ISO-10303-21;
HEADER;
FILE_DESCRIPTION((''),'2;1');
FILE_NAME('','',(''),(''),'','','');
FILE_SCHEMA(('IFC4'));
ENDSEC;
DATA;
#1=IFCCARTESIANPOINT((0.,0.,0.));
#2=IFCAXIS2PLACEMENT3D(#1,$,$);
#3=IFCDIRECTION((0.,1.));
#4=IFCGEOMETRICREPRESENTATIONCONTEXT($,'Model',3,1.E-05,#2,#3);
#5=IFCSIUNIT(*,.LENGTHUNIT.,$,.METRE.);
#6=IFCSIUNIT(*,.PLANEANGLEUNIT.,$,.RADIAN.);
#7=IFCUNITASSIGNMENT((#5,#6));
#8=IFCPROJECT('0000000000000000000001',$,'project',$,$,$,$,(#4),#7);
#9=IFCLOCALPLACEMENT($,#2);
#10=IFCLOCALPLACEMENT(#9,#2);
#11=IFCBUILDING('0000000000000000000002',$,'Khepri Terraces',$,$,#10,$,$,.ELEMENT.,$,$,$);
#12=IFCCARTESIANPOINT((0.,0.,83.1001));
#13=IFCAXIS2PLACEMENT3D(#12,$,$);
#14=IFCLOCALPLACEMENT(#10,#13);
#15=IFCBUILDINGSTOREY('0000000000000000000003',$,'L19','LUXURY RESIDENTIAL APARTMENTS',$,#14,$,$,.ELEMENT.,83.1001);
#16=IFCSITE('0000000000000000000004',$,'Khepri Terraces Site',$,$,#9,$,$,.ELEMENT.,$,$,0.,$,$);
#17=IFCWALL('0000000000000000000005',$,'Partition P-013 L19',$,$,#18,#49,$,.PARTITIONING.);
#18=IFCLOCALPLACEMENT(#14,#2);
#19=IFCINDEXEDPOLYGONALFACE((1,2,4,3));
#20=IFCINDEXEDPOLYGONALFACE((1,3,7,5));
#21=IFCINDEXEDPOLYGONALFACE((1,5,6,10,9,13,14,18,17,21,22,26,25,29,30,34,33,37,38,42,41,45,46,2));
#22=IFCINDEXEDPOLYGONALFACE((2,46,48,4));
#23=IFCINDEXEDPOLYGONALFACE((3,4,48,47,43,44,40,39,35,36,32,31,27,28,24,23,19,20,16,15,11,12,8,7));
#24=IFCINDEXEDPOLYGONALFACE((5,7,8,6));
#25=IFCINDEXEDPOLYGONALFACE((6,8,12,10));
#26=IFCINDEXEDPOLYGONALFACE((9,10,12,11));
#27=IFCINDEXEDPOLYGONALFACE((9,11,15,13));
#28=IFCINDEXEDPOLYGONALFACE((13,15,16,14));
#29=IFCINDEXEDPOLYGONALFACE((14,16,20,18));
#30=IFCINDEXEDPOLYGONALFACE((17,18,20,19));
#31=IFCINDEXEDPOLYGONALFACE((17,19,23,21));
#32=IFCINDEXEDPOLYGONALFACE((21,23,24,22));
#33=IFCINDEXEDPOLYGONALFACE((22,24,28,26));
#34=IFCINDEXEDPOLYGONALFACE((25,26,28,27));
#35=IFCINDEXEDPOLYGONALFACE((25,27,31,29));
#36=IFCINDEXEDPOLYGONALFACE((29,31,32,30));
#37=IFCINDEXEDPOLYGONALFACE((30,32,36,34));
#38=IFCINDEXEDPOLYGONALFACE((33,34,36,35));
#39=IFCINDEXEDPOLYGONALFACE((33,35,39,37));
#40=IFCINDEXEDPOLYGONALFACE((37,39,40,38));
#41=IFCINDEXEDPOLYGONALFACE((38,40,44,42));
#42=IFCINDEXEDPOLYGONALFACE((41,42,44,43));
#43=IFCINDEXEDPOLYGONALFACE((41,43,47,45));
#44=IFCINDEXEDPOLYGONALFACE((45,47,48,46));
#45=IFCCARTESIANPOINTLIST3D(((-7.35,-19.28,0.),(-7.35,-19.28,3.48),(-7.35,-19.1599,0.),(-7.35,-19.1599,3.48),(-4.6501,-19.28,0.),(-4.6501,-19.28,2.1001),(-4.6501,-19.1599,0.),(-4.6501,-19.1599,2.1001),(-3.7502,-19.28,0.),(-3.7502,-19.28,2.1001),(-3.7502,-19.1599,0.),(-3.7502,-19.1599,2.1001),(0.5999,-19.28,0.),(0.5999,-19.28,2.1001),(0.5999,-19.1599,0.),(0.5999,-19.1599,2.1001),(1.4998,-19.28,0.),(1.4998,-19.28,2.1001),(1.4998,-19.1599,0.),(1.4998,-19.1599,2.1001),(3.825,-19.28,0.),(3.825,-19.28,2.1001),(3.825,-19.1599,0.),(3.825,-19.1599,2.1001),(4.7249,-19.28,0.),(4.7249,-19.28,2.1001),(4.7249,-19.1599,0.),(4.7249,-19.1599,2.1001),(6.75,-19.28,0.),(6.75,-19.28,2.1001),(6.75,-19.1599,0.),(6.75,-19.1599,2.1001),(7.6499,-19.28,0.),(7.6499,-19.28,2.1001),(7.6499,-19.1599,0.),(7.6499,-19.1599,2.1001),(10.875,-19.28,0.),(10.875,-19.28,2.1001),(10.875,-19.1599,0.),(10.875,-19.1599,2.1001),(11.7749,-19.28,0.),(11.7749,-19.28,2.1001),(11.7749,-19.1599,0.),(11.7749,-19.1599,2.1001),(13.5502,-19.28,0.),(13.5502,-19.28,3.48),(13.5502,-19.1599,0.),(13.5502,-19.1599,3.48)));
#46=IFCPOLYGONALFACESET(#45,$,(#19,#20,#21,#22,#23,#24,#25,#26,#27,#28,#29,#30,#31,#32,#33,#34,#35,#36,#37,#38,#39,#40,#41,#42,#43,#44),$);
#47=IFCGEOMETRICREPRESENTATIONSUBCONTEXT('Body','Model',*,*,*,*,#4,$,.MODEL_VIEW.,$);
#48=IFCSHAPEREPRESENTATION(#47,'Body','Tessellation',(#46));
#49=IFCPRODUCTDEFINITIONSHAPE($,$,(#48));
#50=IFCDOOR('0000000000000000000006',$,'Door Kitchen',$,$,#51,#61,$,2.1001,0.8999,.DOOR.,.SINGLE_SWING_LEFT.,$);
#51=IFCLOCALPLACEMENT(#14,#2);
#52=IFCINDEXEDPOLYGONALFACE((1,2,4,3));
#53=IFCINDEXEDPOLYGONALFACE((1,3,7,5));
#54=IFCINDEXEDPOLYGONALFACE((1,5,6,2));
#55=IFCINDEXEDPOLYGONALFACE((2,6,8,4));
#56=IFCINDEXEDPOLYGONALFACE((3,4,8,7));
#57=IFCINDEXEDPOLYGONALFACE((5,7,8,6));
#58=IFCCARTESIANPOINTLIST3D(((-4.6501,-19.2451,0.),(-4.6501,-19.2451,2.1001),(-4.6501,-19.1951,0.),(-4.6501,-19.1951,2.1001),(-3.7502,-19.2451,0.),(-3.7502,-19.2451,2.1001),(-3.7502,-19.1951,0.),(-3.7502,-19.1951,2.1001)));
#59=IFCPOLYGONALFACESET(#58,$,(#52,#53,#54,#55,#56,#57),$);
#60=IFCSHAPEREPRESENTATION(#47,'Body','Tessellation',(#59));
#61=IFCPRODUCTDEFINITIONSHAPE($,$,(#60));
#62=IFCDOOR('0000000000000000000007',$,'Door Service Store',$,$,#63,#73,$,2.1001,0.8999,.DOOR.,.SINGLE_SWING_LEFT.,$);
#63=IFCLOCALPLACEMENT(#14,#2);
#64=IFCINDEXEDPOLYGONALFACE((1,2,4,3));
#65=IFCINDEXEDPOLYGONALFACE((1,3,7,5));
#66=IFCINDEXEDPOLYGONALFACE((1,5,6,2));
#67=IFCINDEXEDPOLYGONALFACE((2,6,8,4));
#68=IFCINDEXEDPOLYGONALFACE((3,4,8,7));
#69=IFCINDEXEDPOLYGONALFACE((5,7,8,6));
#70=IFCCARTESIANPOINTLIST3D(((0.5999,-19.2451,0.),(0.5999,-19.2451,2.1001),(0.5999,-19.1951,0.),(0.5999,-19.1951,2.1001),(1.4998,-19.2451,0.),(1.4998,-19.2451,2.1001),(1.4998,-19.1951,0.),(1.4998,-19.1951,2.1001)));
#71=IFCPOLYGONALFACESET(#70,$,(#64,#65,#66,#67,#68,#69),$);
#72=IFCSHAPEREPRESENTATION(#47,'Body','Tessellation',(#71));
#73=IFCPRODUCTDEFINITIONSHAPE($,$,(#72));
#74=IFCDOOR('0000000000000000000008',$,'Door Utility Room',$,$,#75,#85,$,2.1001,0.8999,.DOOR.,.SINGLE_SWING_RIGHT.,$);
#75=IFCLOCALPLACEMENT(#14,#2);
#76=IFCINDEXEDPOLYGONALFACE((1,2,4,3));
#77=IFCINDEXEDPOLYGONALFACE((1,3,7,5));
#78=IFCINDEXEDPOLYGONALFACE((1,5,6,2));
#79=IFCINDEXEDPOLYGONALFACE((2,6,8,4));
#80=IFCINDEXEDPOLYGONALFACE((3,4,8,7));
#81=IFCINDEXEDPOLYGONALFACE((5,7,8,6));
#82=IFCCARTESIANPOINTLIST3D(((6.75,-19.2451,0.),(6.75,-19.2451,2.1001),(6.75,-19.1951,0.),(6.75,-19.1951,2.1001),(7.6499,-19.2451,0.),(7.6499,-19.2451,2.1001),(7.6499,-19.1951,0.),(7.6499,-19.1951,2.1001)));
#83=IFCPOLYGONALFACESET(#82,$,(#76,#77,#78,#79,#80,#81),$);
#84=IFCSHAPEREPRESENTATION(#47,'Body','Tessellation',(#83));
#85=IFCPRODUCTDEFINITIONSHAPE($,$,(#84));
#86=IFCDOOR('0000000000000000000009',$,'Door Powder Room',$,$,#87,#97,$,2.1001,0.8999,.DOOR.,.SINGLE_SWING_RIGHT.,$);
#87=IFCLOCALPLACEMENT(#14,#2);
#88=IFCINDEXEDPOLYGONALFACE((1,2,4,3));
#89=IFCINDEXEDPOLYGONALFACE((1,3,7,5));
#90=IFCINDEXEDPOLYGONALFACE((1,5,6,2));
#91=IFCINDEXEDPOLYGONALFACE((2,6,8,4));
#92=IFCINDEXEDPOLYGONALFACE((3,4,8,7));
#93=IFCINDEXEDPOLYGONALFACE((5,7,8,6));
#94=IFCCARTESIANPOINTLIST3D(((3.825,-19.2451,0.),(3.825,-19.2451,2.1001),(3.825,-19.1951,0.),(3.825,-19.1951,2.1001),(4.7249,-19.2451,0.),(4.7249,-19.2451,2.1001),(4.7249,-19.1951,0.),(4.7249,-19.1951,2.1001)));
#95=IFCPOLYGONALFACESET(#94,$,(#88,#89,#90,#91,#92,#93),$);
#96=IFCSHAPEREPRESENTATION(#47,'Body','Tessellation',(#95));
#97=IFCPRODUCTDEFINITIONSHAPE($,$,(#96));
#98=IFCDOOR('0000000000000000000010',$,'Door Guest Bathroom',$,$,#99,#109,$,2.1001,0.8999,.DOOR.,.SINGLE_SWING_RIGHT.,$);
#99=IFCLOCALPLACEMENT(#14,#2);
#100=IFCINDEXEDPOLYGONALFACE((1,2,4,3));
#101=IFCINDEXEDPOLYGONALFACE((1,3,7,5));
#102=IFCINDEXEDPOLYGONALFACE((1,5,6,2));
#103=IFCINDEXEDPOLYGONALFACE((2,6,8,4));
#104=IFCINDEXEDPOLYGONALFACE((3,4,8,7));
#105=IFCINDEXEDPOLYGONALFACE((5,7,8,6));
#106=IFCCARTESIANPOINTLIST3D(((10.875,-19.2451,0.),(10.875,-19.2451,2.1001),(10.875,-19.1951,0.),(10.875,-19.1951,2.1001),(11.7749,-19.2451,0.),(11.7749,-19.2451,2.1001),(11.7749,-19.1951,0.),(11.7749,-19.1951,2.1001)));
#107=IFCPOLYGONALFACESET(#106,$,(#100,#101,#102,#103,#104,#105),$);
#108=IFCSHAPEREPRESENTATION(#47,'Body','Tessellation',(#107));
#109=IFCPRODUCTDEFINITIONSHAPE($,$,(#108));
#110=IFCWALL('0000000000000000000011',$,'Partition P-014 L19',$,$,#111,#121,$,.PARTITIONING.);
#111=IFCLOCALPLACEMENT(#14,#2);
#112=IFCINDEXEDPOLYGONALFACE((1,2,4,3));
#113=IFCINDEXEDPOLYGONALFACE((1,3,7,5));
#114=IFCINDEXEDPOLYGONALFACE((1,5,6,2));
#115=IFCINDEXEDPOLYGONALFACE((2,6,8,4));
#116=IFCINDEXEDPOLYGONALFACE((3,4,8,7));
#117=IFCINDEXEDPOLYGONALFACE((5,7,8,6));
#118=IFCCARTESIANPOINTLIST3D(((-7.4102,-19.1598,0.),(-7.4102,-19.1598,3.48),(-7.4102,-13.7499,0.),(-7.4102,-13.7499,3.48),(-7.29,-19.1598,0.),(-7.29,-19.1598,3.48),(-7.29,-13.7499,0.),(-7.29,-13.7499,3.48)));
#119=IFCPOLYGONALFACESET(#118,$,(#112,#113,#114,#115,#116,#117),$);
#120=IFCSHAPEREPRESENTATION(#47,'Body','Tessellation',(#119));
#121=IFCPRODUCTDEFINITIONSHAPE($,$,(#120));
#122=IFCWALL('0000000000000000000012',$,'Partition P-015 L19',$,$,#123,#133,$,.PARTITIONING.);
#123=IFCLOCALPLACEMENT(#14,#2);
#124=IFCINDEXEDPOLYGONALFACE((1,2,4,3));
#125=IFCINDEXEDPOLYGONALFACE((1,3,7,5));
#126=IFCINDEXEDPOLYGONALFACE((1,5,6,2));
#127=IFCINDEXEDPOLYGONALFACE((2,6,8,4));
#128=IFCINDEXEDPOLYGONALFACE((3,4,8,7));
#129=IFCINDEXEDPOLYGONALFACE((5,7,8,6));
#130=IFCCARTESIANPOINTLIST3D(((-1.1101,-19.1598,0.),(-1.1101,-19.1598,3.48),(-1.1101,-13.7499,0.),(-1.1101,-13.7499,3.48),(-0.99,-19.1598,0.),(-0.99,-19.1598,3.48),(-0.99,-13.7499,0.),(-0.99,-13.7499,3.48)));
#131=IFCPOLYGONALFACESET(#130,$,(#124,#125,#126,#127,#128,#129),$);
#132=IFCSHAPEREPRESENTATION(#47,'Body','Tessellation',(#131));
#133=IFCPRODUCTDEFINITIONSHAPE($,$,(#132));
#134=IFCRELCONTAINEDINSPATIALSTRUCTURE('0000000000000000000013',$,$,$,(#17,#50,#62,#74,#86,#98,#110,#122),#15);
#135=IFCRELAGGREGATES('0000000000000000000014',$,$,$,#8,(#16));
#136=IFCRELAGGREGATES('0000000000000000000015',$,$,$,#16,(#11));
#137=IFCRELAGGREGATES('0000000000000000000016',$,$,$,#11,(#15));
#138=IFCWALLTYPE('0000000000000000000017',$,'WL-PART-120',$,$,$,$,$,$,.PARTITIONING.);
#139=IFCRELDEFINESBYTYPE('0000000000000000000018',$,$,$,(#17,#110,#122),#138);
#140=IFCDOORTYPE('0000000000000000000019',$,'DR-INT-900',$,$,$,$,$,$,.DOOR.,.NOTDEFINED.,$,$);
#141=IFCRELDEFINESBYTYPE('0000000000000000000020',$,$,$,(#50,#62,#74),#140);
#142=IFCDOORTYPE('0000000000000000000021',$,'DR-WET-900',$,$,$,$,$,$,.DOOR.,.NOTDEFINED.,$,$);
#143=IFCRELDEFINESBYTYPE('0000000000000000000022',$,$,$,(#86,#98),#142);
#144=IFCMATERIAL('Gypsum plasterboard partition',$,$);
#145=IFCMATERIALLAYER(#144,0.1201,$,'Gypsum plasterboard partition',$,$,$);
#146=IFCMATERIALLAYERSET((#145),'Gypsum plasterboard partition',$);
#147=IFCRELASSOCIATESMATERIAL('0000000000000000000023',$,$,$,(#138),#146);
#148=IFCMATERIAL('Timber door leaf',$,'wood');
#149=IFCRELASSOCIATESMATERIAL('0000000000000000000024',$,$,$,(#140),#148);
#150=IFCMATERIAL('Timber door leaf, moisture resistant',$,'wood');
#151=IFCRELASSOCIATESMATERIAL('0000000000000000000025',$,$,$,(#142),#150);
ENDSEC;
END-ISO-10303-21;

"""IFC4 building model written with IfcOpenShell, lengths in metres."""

from ifc_helpers import new_model, si_unit, direction, frame, frame_2d, origin, place, context, subcontext, project, spatial, rectangle, extrude, material, layer, layer_set, type_object, element, fill, save


model = new_model("IFC4")

# Units and contexts
model_context = context("Model", 3, precision=1e-05, world=origin(), true_north=direction((0.0, 1.0)))
body_context = subcontext(model_context, "Body", "Model", "MODEL_VIEW")
ifc_project = project(units=[si_unit("LENGTHUNIT", "METRE"), si_unit("PLANEANGLEUNIT", "RADIAN")], contexts=[model_context])

# Site, building, storey
site_placement = place(None, origin())
site = spatial("IfcSite", under=ifc_project, at=site_placement, Name="Khepri Terraces Site", CompositionType="ELEMENT", RefElevation=0.0)
building_placement = place(site_placement, origin())
building = spatial("IfcBuilding", under=site, at=building_placement, Name="Khepri Terraces", CompositionType="ELEMENT")
storey_placement = place(building_placement, frame((0.0, 0.0, 83.1001)))
storey = spatial("IfcBuildingStorey", under=building, at=storey_placement, Name="L19", Description="LUXURY RESIDENTIAL APARTMENTS", CompositionType="ELEMENT", Elevation=83.1001)

# Shared definitions
ifc_material_1 = material(Name="Gypsum plasterboard partition")
ifc_layer_1 = layer(ifc_material_1, 0.1201, Name="Gypsum plasterboard partition")
ifc_layer_set_1 = layer_set([ifc_layer_1], Name="Gypsum plasterboard partition")
wall_type_1 = type_object("IfcWallType", Name="WL-PART-120", PredefinedType="PARTITIONING", material=ifc_layer_set_1)

# Shared definitions
ifc_material_2 = material(Name="Timber door leaf", Category="wood")
door_type_1 = type_object("IfcDoorType", Name="DR-INT-900", OperationType="NOTDEFINED", PredefinedType="DOOR", material=ifc_material_2)
ifc_material_3 = material(Name="Timber door leaf, moisture resistant", Category="wood")
door_type_2 = type_object("IfcDoorType", Name="DR-WET-900", OperationType="NOTDEFINED", PredefinedType="DOOR", material=ifc_material_3)

# Wall, openings, doors
wall_1_placement = place(storey_placement, frame((-7.3501, -19.22, 0.0), z_axis=(0.0, 0.0, 1.0), x_axis=(1.0, 0.0, 0.0)))
wall_1 = element("IfcWall", 1, at=wall_1_placement, inside=storey, type_object=wall_type_1, Name="Partition P-013 L19", PredefinedType="PARTITIONING", context=body_context, shape_type="SweptSolid", body=[
    extrude(rectangle(XDim=20.9001, YDim=0.1201, at=frame_2d((10.4502, 0.0))), origin(), (0.0, 0.0, 1.0), 3.48),
])
opening_1_placement = place(wall_1_placement, frame((2.7, 0.0, 0.0)))
opening_1 = element("IfcOpeningElement", 2, at=opening_1_placement, cuts=wall_1, PredefinedType="OPENING", context=body_context, shape_type="SweptSolid", body=[
    extrude(rectangle(XDim=0.8999, YDim=2.1001, at=frame_2d((0.45, 1.05))), frame((0.0, 0.0701, 0.0), z_axis=(0.0, -1.0, 0.0), x_axis=(1.0, 0.0, 0.0)), (0.0, 0.0, 1.0), 0.1401),
])
opening_2_placement = place(wall_1_placement, frame((7.95, 0.0, 0.0)))
opening_2 = element("IfcOpeningElement", 3, at=opening_2_placement, cuts=wall_1, PredefinedType="OPENING", context=body_context, shape_type="SweptSolid", body=[
    extrude(rectangle(XDim=0.8999, YDim=2.1001, at=frame_2d((0.45, 1.05))), frame((0.0, 0.0701, 0.0), z_axis=(0.0, -1.0, 0.0), x_axis=(1.0, 0.0, 0.0)), (0.0, 0.0, 1.0), 0.1401),
])
opening_3_placement = place(wall_1_placement, frame((11.175, 0.0, 0.0)))
opening_3 = element("IfcOpeningElement", 4, at=opening_3_placement, cuts=wall_1, PredefinedType="OPENING", context=body_context, shape_type="SweptSolid", body=[
    extrude(rectangle(XDim=0.8999, YDim=2.1001, at=frame_2d((0.45, 1.05))), frame((0.0, 0.0701, 0.0), z_axis=(0.0, -1.0, 0.0), x_axis=(1.0, 0.0, 0.0)), (0.0, 0.0, 1.0), 0.1401),
])
opening_4_placement = place(wall_1_placement, frame((14.1001, 0.0, 0.0)))
opening_4 = element("IfcOpeningElement", 5, at=opening_4_placement, cuts=wall_1, PredefinedType="OPENING", context=body_context, shape_type="SweptSolid", body=[
    extrude(rectangle(XDim=0.8999, YDim=2.1001, at=frame_2d((0.45, 1.05))), frame((0.0, 0.0701, 0.0), z_axis=(0.0, -1.0, 0.0), x_axis=(1.0, 0.0, 0.0)), (0.0, 0.0, 1.0), 0.1401),
])
opening_5_placement = place(wall_1_placement, frame((18.2251, 0.0, 0.0)))
opening_5 = element("IfcOpeningElement", 6, at=opening_5_placement, cuts=wall_1, PredefinedType="OPENING", context=body_context, shape_type="SweptSolid", body=[
    extrude(rectangle(XDim=0.8999, YDim=2.1001, at=frame_2d((0.45, 1.05))), frame((0.0, 0.0701, 0.0), z_axis=(0.0, -1.0, 0.0), x_axis=(1.0, 0.0, 0.0)), (0.0, 0.0, 1.0), 0.1401),
])
door_1_placement = place(opening_1_placement, origin())
door_1 = element("IfcDoor", 7, at=door_1_placement, inside=storey, type_object=door_type_1, Name="Door Kitchen", OperationType="SINGLE_SWING_LEFT", OverallHeight=2.1001, OverallWidth=0.8999, PredefinedType="DOOR", context=body_context, shape_type="SweptSolid", body=[
    extrude(rectangle(XDim=0.8999, YDim=2.1001, at=frame_2d((0.45, 1.05))), frame((0.0, 0.0249, 0.0), z_axis=(0.0, -1.0, 0.0), x_axis=(1.0, 0.0, 0.0)), (0.0, 0.0, 1.0), 0.05),
])
fill(opening_1, door_1)
door_2_placement = place(opening_2_placement, origin())
door_2 = element("IfcDoor", 8, at=door_2_placement, inside=storey, type_object=door_type_1, Name="Door Service Store", OperationType="SINGLE_SWING_LEFT", OverallHeight=2.1001, OverallWidth=0.8999, PredefinedType="DOOR", context=body_context, shape_type="SweptSolid", body=[
    extrude(rectangle(XDim=0.8999, YDim=2.1001, at=frame_2d((0.45, 1.05))), frame((0.0, 0.0249, 0.0), z_axis=(0.0, -1.0, 0.0), x_axis=(1.0, 0.0, 0.0)), (0.0, 0.0, 1.0), 0.05),
])
fill(opening_2, door_2)
door_3_placement = place(opening_4_placement, origin())
door_3 = element("IfcDoor", 9, at=door_3_placement, inside=storey, type_object=door_type_1, Name="Door Utility Room", OperationType="SINGLE_SWING_RIGHT", OverallHeight=2.1001, OverallWidth=0.8999, PredefinedType="DOOR", context=body_context, shape_type="SweptSolid", body=[
    extrude(rectangle(XDim=0.8999, YDim=2.1001, at=frame_2d((0.45, 1.05))), frame((0.0, 0.0249, 0.0), z_axis=(0.0, -1.0, 0.0), x_axis=(1.0, 0.0, 0.0)), (0.0, 0.0, 1.0), 0.05),
])
fill(opening_4, door_3)
door_4_placement = place(opening_3_placement, origin())
door_4 = element("IfcDoor", 10, at=door_4_placement, inside=storey, type_object=door_type_2, Name="Door Powder Room", OperationType="SINGLE_SWING_RIGHT", OverallHeight=2.1001, OverallWidth=0.8999, PredefinedType="DOOR", context=body_context, shape_type="SweptSolid", body=[
    extrude(rectangle(XDim=0.8999, YDim=2.1001, at=frame_2d((0.45, 1.05))), frame((0.0, 0.0249, 0.0), z_axis=(0.0, -1.0, 0.0), x_axis=(1.0, 0.0, 0.0)), (0.0, 0.0, 1.0), 0.05),
])
fill(opening_3, door_4)
door_5_placement = place(opening_5_placement, origin())
door_5 = element("IfcDoor", 11, at=door_5_placement, inside=storey, type_object=door_type_2, Name="Door Guest Bathroom", OperationType="SINGLE_SWING_RIGHT", OverallHeight=2.1001, OverallWidth=0.8999, PredefinedType="DOOR", context=body_context, shape_type="SweptSolid", body=[
    extrude(rectangle(XDim=0.8999, YDim=2.1001, at=frame_2d((0.45, 1.05))), frame((0.0, 0.0249, 0.0), z_axis=(0.0, -1.0, 0.0), x_axis=(1.0, 0.0, 0.0)), (0.0, 0.0, 1.0), 0.05),
])
fill(opening_5, door_5)

# Walls
for number, where, z_axis, x_axis, name in (
    (12, (-7.3501, -19.1599, 0.0), (0.0, 0.0, 1.0), (0.0, 1.0, 0.0), "Partition P-014 L19"),
    (13, (-1.05, -19.1599, 0.0), (0.0, 0.0, 1.0), (0.0, 1.0, 0.0), "Partition P-015 L19"),
):
    element("IfcWall", number, at=place(storey_placement, frame(where, z_axis=z_axis, x_axis=x_axis)), inside=storey, type_object=wall_type_1, Name=name, PredefinedType="PARTITIONING", context=body_context, shape_type="SweptSolid", body=[
        extrude(rectangle(XDim=5.4099, YDim=0.1201, at=frame_2d((2.7051, 0.0))), origin(), (0.0, 0.0, 1.0), 3.48),
    ])

save(model, "model.ifc")
